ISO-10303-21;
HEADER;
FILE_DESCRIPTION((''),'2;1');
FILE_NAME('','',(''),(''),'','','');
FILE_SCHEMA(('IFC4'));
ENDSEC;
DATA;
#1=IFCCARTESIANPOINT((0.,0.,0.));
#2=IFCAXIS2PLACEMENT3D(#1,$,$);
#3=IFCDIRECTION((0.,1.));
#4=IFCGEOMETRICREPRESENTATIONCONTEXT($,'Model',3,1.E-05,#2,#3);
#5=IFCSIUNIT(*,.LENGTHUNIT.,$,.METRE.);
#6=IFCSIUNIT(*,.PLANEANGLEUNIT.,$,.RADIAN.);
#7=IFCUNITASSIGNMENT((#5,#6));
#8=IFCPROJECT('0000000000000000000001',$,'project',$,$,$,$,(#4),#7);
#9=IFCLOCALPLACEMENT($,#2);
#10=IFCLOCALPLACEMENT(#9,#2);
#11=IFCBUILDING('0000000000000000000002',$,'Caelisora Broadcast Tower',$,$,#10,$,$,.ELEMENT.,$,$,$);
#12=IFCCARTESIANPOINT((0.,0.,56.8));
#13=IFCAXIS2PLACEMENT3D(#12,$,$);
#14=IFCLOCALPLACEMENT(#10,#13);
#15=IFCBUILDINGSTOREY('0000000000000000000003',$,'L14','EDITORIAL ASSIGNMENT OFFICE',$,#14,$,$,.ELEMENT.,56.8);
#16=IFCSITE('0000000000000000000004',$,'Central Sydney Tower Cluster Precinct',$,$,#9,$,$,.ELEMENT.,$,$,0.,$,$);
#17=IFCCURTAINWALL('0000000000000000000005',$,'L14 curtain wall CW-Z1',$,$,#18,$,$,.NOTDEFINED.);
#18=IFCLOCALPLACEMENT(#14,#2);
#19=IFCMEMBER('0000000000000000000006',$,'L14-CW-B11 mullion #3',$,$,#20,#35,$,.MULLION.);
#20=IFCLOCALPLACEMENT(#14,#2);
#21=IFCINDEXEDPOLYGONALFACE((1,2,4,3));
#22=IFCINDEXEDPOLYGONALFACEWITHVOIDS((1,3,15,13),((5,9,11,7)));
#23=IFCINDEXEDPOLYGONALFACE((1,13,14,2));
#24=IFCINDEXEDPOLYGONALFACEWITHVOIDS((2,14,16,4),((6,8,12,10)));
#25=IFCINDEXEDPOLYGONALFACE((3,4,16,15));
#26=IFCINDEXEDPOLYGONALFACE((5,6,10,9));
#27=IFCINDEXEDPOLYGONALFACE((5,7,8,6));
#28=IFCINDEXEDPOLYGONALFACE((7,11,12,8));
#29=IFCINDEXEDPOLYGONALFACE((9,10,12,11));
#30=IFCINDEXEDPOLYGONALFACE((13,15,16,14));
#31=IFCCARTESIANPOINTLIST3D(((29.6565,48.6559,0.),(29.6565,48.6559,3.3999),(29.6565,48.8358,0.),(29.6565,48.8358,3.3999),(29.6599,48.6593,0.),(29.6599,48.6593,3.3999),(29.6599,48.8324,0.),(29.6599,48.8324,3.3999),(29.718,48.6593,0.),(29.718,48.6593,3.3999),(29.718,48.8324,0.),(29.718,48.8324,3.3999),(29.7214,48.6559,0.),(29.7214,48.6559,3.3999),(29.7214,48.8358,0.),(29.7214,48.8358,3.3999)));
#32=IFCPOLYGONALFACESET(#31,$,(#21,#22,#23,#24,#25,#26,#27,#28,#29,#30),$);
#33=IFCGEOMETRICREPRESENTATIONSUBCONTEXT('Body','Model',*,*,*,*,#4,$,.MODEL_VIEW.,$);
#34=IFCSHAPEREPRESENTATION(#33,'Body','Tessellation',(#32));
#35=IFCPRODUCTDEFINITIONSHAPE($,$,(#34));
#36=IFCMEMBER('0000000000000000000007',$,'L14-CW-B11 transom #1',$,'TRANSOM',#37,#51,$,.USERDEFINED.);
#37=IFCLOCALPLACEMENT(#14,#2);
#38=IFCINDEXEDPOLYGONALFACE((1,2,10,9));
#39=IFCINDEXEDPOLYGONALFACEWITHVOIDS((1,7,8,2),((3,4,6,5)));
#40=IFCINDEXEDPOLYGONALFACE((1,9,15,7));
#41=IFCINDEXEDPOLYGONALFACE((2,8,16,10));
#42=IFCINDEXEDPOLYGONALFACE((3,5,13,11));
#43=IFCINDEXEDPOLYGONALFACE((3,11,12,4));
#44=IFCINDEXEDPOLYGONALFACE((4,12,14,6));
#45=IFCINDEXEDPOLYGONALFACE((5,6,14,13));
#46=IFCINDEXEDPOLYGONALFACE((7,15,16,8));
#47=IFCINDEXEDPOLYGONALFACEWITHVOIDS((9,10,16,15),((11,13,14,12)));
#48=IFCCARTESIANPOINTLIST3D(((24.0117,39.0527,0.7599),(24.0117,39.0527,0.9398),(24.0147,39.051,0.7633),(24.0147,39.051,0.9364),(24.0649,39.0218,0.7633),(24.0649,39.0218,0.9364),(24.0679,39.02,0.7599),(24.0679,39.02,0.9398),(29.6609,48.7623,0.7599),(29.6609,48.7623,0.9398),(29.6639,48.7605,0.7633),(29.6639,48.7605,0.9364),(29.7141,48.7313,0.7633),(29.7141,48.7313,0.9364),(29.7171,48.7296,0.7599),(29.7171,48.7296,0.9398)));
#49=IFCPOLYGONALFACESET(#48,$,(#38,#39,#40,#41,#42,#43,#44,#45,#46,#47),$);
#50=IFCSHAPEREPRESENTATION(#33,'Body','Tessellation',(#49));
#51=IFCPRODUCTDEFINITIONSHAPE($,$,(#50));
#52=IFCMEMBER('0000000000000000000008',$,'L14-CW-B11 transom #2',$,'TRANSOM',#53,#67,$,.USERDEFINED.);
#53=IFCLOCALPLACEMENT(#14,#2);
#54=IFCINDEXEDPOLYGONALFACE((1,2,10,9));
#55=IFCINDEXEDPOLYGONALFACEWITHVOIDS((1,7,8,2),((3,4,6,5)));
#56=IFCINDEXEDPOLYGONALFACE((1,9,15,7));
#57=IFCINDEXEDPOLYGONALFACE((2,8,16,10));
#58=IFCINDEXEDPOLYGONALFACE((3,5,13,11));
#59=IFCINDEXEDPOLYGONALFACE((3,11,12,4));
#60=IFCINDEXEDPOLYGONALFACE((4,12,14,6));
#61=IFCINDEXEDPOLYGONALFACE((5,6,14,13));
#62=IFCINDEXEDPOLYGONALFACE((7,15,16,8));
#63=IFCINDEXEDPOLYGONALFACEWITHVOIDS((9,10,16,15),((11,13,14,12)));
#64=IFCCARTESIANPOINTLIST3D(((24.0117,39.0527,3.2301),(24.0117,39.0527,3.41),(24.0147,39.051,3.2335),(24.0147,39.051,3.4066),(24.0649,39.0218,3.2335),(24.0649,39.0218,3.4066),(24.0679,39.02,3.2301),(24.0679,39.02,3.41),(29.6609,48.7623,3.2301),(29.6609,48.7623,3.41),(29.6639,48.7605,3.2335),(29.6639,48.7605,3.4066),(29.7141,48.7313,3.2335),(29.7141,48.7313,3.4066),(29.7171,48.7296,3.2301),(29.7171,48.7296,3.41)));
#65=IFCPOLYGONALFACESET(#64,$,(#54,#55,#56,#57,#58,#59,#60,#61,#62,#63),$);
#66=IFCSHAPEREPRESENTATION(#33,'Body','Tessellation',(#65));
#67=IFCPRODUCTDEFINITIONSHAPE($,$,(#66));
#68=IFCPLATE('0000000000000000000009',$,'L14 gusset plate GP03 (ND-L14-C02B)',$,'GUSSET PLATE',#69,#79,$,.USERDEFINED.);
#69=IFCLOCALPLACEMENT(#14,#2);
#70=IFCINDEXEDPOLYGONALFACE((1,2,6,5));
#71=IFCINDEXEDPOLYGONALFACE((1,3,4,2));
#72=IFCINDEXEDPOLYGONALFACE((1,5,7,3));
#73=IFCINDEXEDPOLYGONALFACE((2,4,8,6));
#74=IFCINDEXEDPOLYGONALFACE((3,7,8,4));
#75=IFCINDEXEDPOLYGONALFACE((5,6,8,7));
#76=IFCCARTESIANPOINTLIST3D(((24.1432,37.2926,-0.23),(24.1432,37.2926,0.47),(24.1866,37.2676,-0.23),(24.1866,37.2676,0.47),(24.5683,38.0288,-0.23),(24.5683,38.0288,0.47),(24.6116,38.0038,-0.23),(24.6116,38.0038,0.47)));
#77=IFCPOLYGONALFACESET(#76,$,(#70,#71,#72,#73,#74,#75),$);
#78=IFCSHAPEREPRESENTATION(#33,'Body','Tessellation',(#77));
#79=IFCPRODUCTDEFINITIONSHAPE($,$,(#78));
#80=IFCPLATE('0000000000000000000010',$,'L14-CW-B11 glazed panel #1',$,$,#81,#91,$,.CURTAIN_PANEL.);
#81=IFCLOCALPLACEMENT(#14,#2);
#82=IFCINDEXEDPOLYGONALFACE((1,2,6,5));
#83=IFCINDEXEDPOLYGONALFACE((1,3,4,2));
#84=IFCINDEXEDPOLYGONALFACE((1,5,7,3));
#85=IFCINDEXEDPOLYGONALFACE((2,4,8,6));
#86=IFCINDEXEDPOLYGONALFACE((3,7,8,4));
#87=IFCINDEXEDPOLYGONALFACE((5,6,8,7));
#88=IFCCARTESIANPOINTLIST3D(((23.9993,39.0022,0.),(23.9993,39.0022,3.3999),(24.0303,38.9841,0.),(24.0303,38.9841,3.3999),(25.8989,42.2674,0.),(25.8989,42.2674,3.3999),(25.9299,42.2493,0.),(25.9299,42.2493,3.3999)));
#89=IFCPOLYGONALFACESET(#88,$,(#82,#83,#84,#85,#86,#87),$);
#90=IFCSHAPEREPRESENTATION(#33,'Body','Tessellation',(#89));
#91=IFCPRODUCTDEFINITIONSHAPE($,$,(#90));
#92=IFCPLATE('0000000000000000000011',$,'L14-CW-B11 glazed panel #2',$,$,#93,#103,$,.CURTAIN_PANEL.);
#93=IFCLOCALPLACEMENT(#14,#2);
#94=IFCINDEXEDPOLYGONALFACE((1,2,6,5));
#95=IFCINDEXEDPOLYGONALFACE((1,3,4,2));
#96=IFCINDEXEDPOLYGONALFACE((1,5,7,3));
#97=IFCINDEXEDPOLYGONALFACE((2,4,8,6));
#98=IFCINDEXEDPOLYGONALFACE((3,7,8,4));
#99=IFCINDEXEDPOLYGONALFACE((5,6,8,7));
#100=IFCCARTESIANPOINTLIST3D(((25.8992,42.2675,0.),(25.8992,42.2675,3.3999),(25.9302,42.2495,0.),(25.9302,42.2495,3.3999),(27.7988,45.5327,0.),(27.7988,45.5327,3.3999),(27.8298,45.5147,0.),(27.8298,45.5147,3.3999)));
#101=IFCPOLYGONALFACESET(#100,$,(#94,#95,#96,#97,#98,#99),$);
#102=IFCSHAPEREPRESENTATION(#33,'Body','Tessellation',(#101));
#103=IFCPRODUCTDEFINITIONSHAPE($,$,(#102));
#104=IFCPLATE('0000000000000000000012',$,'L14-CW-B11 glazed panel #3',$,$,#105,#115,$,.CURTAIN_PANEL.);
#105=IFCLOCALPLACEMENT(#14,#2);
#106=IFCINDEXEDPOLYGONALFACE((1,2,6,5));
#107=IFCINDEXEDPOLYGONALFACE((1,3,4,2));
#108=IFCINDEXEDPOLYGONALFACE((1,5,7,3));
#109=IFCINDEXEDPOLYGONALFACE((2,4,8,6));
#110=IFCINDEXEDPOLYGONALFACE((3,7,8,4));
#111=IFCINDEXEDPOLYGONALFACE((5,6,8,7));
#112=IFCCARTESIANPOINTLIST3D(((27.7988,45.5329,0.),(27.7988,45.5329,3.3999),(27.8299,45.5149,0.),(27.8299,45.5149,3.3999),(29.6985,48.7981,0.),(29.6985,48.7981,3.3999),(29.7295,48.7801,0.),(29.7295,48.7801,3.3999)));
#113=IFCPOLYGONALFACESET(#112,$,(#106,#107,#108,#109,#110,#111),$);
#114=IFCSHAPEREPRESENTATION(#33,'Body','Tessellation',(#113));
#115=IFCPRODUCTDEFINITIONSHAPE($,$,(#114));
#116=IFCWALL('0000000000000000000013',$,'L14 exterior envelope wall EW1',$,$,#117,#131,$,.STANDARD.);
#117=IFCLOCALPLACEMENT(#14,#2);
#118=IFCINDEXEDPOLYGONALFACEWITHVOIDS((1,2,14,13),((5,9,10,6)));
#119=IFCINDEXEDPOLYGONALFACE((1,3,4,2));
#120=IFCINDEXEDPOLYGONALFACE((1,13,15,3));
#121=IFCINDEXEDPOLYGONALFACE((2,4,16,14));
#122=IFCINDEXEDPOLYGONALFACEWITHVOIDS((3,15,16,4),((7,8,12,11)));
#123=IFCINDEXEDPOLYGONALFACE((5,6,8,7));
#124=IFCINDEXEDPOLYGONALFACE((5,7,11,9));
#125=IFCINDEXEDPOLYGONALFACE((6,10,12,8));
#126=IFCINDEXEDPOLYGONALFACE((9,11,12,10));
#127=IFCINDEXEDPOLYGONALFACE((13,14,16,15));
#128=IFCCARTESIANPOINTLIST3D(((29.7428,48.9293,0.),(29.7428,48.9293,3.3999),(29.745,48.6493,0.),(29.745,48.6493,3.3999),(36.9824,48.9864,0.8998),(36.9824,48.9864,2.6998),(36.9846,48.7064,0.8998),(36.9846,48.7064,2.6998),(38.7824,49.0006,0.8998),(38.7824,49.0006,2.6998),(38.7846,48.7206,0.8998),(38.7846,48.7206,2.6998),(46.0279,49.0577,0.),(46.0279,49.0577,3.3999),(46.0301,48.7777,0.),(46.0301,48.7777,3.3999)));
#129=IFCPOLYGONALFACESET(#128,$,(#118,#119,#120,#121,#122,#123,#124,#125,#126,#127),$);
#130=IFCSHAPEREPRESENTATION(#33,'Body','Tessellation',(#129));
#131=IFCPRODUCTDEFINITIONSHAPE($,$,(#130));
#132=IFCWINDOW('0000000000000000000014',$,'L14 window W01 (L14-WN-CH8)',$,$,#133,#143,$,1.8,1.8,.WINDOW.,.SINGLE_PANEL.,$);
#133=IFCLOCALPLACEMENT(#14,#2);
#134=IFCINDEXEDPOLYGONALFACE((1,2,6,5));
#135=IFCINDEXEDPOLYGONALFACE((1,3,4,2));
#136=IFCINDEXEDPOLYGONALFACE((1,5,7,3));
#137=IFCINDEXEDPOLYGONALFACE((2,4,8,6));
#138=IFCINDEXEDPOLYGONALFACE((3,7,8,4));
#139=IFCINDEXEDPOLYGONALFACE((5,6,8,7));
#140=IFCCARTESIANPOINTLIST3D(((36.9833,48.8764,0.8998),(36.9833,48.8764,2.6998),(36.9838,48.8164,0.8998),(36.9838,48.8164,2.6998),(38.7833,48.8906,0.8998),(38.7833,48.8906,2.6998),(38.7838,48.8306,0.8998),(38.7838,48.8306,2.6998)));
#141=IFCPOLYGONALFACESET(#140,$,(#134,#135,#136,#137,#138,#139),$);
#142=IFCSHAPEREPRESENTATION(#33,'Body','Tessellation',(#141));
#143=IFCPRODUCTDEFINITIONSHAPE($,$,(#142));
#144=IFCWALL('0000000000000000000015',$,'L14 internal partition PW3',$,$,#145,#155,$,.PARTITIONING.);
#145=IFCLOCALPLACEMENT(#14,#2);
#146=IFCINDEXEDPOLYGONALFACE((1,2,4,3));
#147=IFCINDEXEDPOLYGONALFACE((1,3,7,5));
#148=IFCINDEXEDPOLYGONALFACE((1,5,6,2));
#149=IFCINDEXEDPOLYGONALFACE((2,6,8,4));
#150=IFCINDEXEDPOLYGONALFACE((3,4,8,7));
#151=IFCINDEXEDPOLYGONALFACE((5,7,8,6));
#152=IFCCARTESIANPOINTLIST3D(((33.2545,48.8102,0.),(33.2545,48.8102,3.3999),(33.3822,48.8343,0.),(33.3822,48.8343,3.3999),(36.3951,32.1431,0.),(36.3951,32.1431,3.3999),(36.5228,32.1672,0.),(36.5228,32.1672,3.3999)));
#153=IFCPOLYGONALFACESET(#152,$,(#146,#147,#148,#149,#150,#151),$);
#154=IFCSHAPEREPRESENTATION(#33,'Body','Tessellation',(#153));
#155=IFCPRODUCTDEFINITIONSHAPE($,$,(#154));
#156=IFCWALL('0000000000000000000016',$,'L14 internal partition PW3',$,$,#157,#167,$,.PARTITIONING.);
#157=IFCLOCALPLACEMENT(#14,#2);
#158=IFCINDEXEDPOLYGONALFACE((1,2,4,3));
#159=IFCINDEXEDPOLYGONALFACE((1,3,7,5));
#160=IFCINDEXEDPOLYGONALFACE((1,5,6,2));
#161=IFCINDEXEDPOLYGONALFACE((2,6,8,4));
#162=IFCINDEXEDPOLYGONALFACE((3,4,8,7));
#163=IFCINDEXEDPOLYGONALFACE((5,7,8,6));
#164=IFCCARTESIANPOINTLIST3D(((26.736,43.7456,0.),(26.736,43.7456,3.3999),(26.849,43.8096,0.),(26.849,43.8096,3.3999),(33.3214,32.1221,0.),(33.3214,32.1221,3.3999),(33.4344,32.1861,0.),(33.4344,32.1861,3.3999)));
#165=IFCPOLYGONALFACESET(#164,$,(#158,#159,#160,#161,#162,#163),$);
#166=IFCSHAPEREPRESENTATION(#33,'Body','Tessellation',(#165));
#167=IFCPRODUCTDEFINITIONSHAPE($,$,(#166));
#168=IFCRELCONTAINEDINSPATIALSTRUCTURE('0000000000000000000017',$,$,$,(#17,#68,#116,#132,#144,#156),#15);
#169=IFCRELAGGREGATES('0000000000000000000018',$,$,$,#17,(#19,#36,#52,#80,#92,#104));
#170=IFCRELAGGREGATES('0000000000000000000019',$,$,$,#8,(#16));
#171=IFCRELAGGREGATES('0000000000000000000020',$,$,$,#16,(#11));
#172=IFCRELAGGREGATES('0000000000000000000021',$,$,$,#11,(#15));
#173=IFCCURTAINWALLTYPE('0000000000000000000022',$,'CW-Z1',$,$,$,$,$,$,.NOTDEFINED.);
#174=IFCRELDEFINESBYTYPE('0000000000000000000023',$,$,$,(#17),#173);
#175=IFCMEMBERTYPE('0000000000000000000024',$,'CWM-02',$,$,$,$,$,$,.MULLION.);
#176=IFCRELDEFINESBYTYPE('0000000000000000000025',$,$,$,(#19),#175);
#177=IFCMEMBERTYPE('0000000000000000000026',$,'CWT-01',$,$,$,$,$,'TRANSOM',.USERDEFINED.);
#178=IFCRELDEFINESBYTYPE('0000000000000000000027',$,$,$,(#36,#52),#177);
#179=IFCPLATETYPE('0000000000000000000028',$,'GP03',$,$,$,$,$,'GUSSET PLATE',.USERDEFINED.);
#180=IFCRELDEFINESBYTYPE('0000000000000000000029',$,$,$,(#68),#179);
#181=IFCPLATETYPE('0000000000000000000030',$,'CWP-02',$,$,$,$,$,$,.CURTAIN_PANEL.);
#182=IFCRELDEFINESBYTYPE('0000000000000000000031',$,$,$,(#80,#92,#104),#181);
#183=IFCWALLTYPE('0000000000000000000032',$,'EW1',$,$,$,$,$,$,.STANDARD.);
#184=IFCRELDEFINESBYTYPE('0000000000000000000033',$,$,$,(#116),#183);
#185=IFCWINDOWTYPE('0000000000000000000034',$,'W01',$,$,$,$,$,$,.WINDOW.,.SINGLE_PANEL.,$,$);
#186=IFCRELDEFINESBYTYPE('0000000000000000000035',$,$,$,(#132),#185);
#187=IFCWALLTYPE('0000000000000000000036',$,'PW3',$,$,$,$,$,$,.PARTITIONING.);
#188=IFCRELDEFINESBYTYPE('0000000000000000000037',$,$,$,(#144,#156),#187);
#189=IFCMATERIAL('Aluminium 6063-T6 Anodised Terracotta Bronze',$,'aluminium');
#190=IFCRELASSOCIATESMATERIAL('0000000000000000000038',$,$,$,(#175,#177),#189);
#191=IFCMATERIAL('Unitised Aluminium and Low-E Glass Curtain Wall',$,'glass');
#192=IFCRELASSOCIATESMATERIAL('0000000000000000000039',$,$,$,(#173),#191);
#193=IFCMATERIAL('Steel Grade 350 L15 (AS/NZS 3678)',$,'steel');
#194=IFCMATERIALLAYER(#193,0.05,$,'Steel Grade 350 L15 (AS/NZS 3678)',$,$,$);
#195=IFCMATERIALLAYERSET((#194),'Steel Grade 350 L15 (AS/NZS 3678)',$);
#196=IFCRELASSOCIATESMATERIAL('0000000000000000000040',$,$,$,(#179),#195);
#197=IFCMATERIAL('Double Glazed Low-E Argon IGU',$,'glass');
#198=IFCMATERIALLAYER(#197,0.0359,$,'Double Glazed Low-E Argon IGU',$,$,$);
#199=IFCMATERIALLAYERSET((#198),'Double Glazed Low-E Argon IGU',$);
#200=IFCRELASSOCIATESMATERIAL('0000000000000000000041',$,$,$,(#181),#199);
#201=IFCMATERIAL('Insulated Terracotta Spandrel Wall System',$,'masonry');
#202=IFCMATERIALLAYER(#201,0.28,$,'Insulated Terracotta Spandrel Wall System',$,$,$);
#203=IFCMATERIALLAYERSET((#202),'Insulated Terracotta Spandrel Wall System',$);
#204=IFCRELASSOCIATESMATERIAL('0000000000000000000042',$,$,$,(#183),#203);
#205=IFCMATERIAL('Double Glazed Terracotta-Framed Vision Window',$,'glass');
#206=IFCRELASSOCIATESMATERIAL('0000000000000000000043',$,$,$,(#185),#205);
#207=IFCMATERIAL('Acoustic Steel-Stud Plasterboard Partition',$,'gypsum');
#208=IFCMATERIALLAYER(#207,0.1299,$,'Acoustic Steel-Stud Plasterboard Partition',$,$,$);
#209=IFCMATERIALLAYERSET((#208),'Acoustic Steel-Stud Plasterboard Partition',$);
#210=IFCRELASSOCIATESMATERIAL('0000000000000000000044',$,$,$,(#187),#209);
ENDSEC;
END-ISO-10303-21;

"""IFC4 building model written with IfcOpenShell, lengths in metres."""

from ifc_helpers import new_model, si_unit, direction, frame, frame_2d, origin, origin_2d, place, context, subcontext, project, spatial, rectangle, hollow_rectangle, extrude, source, transform, mapped, material, layer, layer_set, material_profile, profile_set, type_object, type_shapes, element, fill, aggregate, save


model = new_model("IFC4")

# Units and contexts
model_context = context("Model", 3, precision=1e-05, world=origin(), true_north=direction((0.0, 1.0)))
body_context = subcontext(model_context, "Body", "Model", "MODEL_VIEW")
ifc_project = project(units=[si_unit("LENGTHUNIT", "METRE"), si_unit("PLANEANGLEUNIT", "RADIAN")], contexts=[model_context])

# Site, building, storey
site_placement = place(None, origin())
site = spatial("IfcSite", under=ifc_project, at=site_placement, Name="Central Sydney Tower Cluster Precinct", CompositionType="ELEMENT", RefElevation=0.0)
building_placement = place(site_placement, origin())
building = spatial("IfcBuilding", under=site, at=building_placement, Name="Caelisora Broadcast Tower", CompositionType="ELEMENT")
storey_placement = place(building_placement, frame((0.0, 0.0, 56.8)))
storey = spatial("IfcBuildingStorey", under=building, at=storey_placement, Name="L14", Description="EDITORIAL ASSIGNMENT OFFICE", CompositionType="ELEMENT", Elevation=56.8)

# Shared definitions
ifc_material_1 = material(Name="Steel Grade 350 L15 (AS/NZS 3678)", Category="steel")

# Shared definitions
ifc_material_2 = material(Name="Aluminium 6063-T6 Anodised Terracotta Bronze", Category="aluminium")
ifc_material_profile_1 = material_profile(ifc_material_2, hollow_rectangle(XDim=0.0649, YDim=0.1799, WallThickness=0.0034, at=origin_2d()), Name="Aluminium 6063-T6 Anodised Terracotta Bronze")
ifc_profile_set_1 = profile_set([ifc_material_profile_1], Name="Aluminium 6063-T6 Anodised Terracotta Bronze")
member_type_1 = type_object("IfcMemberType", Name="CWM-02", PredefinedType="MULLION", material=ifc_profile_set_1)
shared_shape_1 = source(origin(), body_context, "Body", "SweptSolid", [
    extrude(hollow_rectangle(XDim=0.0649, YDim=0.1799, WallThickness=0.0034, at=origin_2d()), origin(), (0.0, 0.0, 1.0), 3.3999),
])
type_shapes(member_type_1, [shared_shape_1])

# Curtain wall, members
ifc_material_3 = material(Name="Unitised Aluminium and Low-E Glass Curtain Wall", Category="glass")
curtain_wall_type_1 = type_object("IfcCurtainWallType", Name="CW-Z1", PredefinedType="NOTDEFINED", material=ifc_material_3)
curtain_wall_1_placement = place(storey_placement, origin())
curtain_wall_1 = element("IfcCurtainWall", 1, at=curtain_wall_1_placement, inside=storey, type_object=curtain_wall_type_1, Name="L14 curtain wall CW-Z1", PredefinedType="NOTDEFINED")
member_1_placement = place(storey_placement, frame((29.689, 48.7458, 0.0), z_axis=(0.0, 0.0, 1.0), x_axis=(1.0, 0.0, 0.0)))
member_1 = element("IfcMember", 2, at=member_1_placement, type_object=member_type_1, Name="L14-CW-B11 mullion #3", PredefinedType="MULLION", context=body_context, shape_type="MappedRepresentation", body=[
    mapped(shared_shape_1, transform((0.0, 0.0, 0.0), scale=1.0)),
])
ifc_material_profile_2 = material_profile(ifc_material_2, hollow_rectangle(XDim=0.0649, YDim=0.1799, WallThickness=0.0034, at=origin_2d()), Name="Aluminium 6063-T6 Anodised Terracotta Bronze")
ifc_profile_set_2 = profile_set([ifc_material_profile_2], Name="Aluminium 6063-T6 Anodised Terracotta Bronze")
member_type_2 = type_object("IfcMemberType", Name="CWT-01", ElementType="TRANSOM", PredefinedType="USERDEFINED", material=ifc_profile_set_2)
shared_shape_2 = source(origin(), body_context, "Body", "SweptSolid", [
    extrude(hollow_rectangle(XDim=0.0649, YDim=0.1799, WallThickness=0.0034, at=origin_2d()), origin(), (0.0, 0.0, 1.0), 11.2334),
])
type_shapes(member_type_2, [shared_shape_2])
member_2_placement = place(storey_placement, frame((24.0398, 39.0364, 0.8499), z_axis=(0.502895, 0.864347, 0.0), x_axis=(-0.864347, 0.502895, 0.0)))
member_2 = element("IfcMember", 3, at=member_2_placement, type_object=member_type_2, Name="L14-CW-B11 transom #1", ObjectType="TRANSOM", PredefinedType="USERDEFINED", context=body_context, shape_type="MappedRepresentation", body=[
    mapped(shared_shape_2, transform((0.0, 0.0, 0.0), scale=1.0)),
])
member_3_placement = place(storey_placement, frame((24.0398, 39.0364, 3.3201), z_axis=(0.502895, 0.864347, 0.0), x_axis=(-0.864347, 0.502895, 0.0)))
member_3 = element("IfcMember", 4, at=member_3_placement, type_object=member_type_2, Name="L14-CW-B11 transom #2", ObjectType="TRANSOM", PredefinedType="USERDEFINED", context=body_context, shape_type="MappedRepresentation", body=[
    mapped(shared_shape_2, transform((0.0, 0.0, 0.0), scale=1.0)),
])

# Plates
ifc_layer_1 = layer(ifc_material_1, 0.05, Name="Steel Grade 350 L15 (AS/NZS 3678)")
ifc_layer_set_1 = layer_set([ifc_layer_1], Name="Steel Grade 350 L15 (AS/NZS 3678)")
plate_type_1 = type_object("IfcPlateType", Name="GP03", ElementType="GUSSET PLATE", PredefinedType="USERDEFINED", material=ifc_layer_set_1)
shared_shape_3 = source(origin(), body_context, "Body", "SweptSolid", [
    extrude(rectangle(XDim=0.8501, YDim=0.05, at=origin_2d()), origin(), (0.0, 0.0, 1.0), 0.7),
])
type_shapes(plate_type_1, [shared_shape_3])
plate_1_placement = place(storey_placement, frame((24.3774, 37.6482, -0.23), z_axis=(0.0, 0.0, 1.0), x_axis=(-0.5, -0.866025, 0.0)))
element("IfcPlate", 5, at=plate_1_placement, inside=storey, type_object=plate_type_1, Name="L14 gusset plate GP03 (ND-L14-C02B)", ObjectType="GUSSET PLATE", PredefinedType="USERDEFINED", context=body_context, shape_type="MappedRepresentation", body=[
    mapped(shared_shape_3, transform((0.0, 0.0, 0.0), scale=1.0)),
])
ifc_material_4 = material(Name="Double Glazed Low-E Argon IGU", Category="glass")
ifc_layer_2 = layer(ifc_material_4, 0.0359, Name="Double Glazed Low-E Argon IGU")
ifc_layer_set_2 = layer_set([ifc_layer_2], Name="Double Glazed Low-E Argon IGU")
plate_type_2 = type_object("IfcPlateType", Name="CWP-02", PredefinedType="CURTAIN_PANEL", material=ifc_layer_set_2)
shared_shape_4 = source(origin(), body_context, "Body", "SweptSolid", [
    extrude(rectangle(XDim=3.7776, YDim=0.0359, at=origin_2d()), origin(), (0.0, 0.0, 1.0), 3.3999),
])
type_shapes(plate_type_2, [shared_shape_4])
plate_2_placement = place(storey_placement, frame((24.9646, 40.6257, 0.0), z_axis=(0.0, 0.0, 1.0), x_axis=(0.502869, 0.864363, 0.0)))
plate_2 = element("IfcPlate", 6, at=plate_2_placement, type_object=plate_type_2, Name="L14-CW-B11 glazed panel #1", PredefinedType="CURTAIN_PANEL", context=body_context, shape_type="MappedRepresentation", body=[
    mapped(shared_shape_4, transform((0.0, 0.0, 0.0), scale=1.0)),
])
plate_3_placement = place(storey_placement, frame((26.8645, 43.8911, 0.0), z_axis=(0.0, 0.0, 1.0), x_axis=(0.502869, 0.864363, 0.0)))
plate_3 = element("IfcPlate", 7, at=plate_3_placement, type_object=plate_type_2, Name="L14-CW-B11 glazed panel #2", PredefinedType="CURTAIN_PANEL", context=body_context, shape_type="MappedRepresentation", body=[
    mapped(shared_shape_4, transform((0.0, 0.0, 0.0), scale=1.0)),
])
plate_4_placement = place(storey_placement, frame((28.7642, 47.1565, 0.0), z_axis=(0.0, 0.0, 1.0), x_axis=(0.502869, 0.864363, 0.0)))
plate_4 = element("IfcPlate", 8, at=plate_4_placement, type_object=plate_type_2, Name="L14-CW-B11 glazed panel #3", PredefinedType="CURTAIN_PANEL", context=body_context, shape_type="MappedRepresentation", body=[
    mapped(shared_shape_4, transform((0.0, 0.0, 0.0), scale=1.0)),
])
aggregate(curtain_wall_1, [member_1, member_2, member_3, plate_2, plate_3, plate_4])

# Wall, opening, window
ifc_material_5 = material(Name="Insulated Terracotta Spandrel Wall System", Category="masonry")
ifc_layer_3 = layer(ifc_material_5, 0.28, Name="Insulated Terracotta Spandrel Wall System")
ifc_layer_set_3 = layer_set([ifc_layer_3], Name="Insulated Terracotta Spandrel Wall System")
wall_type_1 = type_object("IfcWallType", Name="EW1", PredefinedType="STANDARD", material=ifc_layer_set_3)
wall_1_placement = place(storey_placement, frame((29.7439, 48.7893, 0.0), z_axis=(0.0, 0.0, 1.0), x_axis=(0.999969, 0.007885, 0.0)))
wall_1 = element("IfcWall", 9, at=wall_1_placement, inside=storey, type_object=wall_type_1, Name="L14 exterior envelope wall EW1", PredefinedType="STANDARD", context=body_context, shape_type="SweptSolid", body=[
    extrude(rectangle(XDim=16.2856, YDim=0.28, at=frame_2d((8.1428, 0.0))), origin(), (0.0, 0.0, 1.0), 3.3999),
])
opening_placement = place(wall_1_placement, frame((7.24, 0.0, 0.8999)))
opening = element("IfcOpeningElement", 10, at=opening_placement, cuts=wall_1, PredefinedType="OPENING", context=body_context, shape_type="SweptSolid", body=[
    extrude(rectangle(XDim=1.8, YDim=1.8, at=frame_2d((0.8999, 0.8999))), frame((0.0, 0.1521, 0.0), z_axis=(0.0, -1.0, 0.0), x_axis=(1.0, 0.0, 0.0)), (0.0, 0.0, 1.0), 0.304),
])
ifc_material_6 = material(Name="Double Glazed Terracotta-Framed Vision Window", Category="glass")
window_type = type_object("IfcWindowType", Name="W01", PartitioningType="SINGLE_PANEL", PredefinedType="WINDOW", material=ifc_material_6)
window_placement = place(opening_placement, origin())
window = element("IfcWindow", 11, at=window_placement, inside=storey, type_object=window_type, Name="L14 window W01 (L14-WN-CH8)", OverallHeight=1.8, OverallWidth=1.8, PartitioningType="SINGLE_PANEL", PredefinedType="WINDOW", context=body_context, shape_type="SweptSolid", body=[
    extrude(rectangle(XDim=1.8, YDim=1.8, at=frame_2d((0.8999, 0.8999))), frame((0.0, 0.03, 0.0), z_axis=(0.0, -1.0, 0.0), x_axis=(1.0, 0.0, 0.0)), (0.0, 0.0, 1.0), 0.0601),
])
fill(opening, window)

# Walls
ifc_material_7 = material(Name="Acoustic Steel-Stud Plasterboard Partition", Category="gypsum")
ifc_layer_4 = layer(ifc_material_7, 0.1299, Name="Acoustic Steel-Stud Plasterboard Partition")
ifc_layer_set_4 = layer_set([ifc_layer_4], Name="Acoustic Steel-Stud Plasterboard Partition")
wall_type_2 = type_object("IfcWallType", Name="PW3", PredefinedType="PARTITIONING", material=ifc_layer_set_4)
wall_2_placement = place(storey_placement, frame((33.3184, 48.8223, 0.0), z_axis=(0.0, 0.0, 1.0), x_axis=(0.185172, -0.982706, 0.0)))
element("IfcWall", 12, at=wall_2_placement, inside=storey, type_object=wall_type_2, Name="L14 internal partition PW3", PredefinedType="PARTITIONING", context=body_context, shape_type="SweptSolid", body=[
    extrude(rectangle(XDim=16.9604, YDim=0.1299, at=frame_2d((8.4802, 0.0))), origin(), (0.0, 0.0, 1.0), 3.3999),
])
wall_3_placement = place(storey_placement, frame((26.7925, 43.7776, 0.0), z_axis=(0.0, 0.0, 1.0), x_axis=(0.492943, -0.870061, 0.0)))
element("IfcWall", 13, at=wall_3_placement, inside=storey, type_object=wall_type_2, Name="L14 internal partition PW3", PredefinedType="PARTITIONING", context=body_context, shape_type="SweptSolid", body=[
    extrude(rectangle(XDim=13.3594, YDim=0.1299, at=frame_2d((6.6797, 0.0))), origin(), (0.0, 0.0, 1.0), 3.3999),
])

save(model, "model.ifc")
